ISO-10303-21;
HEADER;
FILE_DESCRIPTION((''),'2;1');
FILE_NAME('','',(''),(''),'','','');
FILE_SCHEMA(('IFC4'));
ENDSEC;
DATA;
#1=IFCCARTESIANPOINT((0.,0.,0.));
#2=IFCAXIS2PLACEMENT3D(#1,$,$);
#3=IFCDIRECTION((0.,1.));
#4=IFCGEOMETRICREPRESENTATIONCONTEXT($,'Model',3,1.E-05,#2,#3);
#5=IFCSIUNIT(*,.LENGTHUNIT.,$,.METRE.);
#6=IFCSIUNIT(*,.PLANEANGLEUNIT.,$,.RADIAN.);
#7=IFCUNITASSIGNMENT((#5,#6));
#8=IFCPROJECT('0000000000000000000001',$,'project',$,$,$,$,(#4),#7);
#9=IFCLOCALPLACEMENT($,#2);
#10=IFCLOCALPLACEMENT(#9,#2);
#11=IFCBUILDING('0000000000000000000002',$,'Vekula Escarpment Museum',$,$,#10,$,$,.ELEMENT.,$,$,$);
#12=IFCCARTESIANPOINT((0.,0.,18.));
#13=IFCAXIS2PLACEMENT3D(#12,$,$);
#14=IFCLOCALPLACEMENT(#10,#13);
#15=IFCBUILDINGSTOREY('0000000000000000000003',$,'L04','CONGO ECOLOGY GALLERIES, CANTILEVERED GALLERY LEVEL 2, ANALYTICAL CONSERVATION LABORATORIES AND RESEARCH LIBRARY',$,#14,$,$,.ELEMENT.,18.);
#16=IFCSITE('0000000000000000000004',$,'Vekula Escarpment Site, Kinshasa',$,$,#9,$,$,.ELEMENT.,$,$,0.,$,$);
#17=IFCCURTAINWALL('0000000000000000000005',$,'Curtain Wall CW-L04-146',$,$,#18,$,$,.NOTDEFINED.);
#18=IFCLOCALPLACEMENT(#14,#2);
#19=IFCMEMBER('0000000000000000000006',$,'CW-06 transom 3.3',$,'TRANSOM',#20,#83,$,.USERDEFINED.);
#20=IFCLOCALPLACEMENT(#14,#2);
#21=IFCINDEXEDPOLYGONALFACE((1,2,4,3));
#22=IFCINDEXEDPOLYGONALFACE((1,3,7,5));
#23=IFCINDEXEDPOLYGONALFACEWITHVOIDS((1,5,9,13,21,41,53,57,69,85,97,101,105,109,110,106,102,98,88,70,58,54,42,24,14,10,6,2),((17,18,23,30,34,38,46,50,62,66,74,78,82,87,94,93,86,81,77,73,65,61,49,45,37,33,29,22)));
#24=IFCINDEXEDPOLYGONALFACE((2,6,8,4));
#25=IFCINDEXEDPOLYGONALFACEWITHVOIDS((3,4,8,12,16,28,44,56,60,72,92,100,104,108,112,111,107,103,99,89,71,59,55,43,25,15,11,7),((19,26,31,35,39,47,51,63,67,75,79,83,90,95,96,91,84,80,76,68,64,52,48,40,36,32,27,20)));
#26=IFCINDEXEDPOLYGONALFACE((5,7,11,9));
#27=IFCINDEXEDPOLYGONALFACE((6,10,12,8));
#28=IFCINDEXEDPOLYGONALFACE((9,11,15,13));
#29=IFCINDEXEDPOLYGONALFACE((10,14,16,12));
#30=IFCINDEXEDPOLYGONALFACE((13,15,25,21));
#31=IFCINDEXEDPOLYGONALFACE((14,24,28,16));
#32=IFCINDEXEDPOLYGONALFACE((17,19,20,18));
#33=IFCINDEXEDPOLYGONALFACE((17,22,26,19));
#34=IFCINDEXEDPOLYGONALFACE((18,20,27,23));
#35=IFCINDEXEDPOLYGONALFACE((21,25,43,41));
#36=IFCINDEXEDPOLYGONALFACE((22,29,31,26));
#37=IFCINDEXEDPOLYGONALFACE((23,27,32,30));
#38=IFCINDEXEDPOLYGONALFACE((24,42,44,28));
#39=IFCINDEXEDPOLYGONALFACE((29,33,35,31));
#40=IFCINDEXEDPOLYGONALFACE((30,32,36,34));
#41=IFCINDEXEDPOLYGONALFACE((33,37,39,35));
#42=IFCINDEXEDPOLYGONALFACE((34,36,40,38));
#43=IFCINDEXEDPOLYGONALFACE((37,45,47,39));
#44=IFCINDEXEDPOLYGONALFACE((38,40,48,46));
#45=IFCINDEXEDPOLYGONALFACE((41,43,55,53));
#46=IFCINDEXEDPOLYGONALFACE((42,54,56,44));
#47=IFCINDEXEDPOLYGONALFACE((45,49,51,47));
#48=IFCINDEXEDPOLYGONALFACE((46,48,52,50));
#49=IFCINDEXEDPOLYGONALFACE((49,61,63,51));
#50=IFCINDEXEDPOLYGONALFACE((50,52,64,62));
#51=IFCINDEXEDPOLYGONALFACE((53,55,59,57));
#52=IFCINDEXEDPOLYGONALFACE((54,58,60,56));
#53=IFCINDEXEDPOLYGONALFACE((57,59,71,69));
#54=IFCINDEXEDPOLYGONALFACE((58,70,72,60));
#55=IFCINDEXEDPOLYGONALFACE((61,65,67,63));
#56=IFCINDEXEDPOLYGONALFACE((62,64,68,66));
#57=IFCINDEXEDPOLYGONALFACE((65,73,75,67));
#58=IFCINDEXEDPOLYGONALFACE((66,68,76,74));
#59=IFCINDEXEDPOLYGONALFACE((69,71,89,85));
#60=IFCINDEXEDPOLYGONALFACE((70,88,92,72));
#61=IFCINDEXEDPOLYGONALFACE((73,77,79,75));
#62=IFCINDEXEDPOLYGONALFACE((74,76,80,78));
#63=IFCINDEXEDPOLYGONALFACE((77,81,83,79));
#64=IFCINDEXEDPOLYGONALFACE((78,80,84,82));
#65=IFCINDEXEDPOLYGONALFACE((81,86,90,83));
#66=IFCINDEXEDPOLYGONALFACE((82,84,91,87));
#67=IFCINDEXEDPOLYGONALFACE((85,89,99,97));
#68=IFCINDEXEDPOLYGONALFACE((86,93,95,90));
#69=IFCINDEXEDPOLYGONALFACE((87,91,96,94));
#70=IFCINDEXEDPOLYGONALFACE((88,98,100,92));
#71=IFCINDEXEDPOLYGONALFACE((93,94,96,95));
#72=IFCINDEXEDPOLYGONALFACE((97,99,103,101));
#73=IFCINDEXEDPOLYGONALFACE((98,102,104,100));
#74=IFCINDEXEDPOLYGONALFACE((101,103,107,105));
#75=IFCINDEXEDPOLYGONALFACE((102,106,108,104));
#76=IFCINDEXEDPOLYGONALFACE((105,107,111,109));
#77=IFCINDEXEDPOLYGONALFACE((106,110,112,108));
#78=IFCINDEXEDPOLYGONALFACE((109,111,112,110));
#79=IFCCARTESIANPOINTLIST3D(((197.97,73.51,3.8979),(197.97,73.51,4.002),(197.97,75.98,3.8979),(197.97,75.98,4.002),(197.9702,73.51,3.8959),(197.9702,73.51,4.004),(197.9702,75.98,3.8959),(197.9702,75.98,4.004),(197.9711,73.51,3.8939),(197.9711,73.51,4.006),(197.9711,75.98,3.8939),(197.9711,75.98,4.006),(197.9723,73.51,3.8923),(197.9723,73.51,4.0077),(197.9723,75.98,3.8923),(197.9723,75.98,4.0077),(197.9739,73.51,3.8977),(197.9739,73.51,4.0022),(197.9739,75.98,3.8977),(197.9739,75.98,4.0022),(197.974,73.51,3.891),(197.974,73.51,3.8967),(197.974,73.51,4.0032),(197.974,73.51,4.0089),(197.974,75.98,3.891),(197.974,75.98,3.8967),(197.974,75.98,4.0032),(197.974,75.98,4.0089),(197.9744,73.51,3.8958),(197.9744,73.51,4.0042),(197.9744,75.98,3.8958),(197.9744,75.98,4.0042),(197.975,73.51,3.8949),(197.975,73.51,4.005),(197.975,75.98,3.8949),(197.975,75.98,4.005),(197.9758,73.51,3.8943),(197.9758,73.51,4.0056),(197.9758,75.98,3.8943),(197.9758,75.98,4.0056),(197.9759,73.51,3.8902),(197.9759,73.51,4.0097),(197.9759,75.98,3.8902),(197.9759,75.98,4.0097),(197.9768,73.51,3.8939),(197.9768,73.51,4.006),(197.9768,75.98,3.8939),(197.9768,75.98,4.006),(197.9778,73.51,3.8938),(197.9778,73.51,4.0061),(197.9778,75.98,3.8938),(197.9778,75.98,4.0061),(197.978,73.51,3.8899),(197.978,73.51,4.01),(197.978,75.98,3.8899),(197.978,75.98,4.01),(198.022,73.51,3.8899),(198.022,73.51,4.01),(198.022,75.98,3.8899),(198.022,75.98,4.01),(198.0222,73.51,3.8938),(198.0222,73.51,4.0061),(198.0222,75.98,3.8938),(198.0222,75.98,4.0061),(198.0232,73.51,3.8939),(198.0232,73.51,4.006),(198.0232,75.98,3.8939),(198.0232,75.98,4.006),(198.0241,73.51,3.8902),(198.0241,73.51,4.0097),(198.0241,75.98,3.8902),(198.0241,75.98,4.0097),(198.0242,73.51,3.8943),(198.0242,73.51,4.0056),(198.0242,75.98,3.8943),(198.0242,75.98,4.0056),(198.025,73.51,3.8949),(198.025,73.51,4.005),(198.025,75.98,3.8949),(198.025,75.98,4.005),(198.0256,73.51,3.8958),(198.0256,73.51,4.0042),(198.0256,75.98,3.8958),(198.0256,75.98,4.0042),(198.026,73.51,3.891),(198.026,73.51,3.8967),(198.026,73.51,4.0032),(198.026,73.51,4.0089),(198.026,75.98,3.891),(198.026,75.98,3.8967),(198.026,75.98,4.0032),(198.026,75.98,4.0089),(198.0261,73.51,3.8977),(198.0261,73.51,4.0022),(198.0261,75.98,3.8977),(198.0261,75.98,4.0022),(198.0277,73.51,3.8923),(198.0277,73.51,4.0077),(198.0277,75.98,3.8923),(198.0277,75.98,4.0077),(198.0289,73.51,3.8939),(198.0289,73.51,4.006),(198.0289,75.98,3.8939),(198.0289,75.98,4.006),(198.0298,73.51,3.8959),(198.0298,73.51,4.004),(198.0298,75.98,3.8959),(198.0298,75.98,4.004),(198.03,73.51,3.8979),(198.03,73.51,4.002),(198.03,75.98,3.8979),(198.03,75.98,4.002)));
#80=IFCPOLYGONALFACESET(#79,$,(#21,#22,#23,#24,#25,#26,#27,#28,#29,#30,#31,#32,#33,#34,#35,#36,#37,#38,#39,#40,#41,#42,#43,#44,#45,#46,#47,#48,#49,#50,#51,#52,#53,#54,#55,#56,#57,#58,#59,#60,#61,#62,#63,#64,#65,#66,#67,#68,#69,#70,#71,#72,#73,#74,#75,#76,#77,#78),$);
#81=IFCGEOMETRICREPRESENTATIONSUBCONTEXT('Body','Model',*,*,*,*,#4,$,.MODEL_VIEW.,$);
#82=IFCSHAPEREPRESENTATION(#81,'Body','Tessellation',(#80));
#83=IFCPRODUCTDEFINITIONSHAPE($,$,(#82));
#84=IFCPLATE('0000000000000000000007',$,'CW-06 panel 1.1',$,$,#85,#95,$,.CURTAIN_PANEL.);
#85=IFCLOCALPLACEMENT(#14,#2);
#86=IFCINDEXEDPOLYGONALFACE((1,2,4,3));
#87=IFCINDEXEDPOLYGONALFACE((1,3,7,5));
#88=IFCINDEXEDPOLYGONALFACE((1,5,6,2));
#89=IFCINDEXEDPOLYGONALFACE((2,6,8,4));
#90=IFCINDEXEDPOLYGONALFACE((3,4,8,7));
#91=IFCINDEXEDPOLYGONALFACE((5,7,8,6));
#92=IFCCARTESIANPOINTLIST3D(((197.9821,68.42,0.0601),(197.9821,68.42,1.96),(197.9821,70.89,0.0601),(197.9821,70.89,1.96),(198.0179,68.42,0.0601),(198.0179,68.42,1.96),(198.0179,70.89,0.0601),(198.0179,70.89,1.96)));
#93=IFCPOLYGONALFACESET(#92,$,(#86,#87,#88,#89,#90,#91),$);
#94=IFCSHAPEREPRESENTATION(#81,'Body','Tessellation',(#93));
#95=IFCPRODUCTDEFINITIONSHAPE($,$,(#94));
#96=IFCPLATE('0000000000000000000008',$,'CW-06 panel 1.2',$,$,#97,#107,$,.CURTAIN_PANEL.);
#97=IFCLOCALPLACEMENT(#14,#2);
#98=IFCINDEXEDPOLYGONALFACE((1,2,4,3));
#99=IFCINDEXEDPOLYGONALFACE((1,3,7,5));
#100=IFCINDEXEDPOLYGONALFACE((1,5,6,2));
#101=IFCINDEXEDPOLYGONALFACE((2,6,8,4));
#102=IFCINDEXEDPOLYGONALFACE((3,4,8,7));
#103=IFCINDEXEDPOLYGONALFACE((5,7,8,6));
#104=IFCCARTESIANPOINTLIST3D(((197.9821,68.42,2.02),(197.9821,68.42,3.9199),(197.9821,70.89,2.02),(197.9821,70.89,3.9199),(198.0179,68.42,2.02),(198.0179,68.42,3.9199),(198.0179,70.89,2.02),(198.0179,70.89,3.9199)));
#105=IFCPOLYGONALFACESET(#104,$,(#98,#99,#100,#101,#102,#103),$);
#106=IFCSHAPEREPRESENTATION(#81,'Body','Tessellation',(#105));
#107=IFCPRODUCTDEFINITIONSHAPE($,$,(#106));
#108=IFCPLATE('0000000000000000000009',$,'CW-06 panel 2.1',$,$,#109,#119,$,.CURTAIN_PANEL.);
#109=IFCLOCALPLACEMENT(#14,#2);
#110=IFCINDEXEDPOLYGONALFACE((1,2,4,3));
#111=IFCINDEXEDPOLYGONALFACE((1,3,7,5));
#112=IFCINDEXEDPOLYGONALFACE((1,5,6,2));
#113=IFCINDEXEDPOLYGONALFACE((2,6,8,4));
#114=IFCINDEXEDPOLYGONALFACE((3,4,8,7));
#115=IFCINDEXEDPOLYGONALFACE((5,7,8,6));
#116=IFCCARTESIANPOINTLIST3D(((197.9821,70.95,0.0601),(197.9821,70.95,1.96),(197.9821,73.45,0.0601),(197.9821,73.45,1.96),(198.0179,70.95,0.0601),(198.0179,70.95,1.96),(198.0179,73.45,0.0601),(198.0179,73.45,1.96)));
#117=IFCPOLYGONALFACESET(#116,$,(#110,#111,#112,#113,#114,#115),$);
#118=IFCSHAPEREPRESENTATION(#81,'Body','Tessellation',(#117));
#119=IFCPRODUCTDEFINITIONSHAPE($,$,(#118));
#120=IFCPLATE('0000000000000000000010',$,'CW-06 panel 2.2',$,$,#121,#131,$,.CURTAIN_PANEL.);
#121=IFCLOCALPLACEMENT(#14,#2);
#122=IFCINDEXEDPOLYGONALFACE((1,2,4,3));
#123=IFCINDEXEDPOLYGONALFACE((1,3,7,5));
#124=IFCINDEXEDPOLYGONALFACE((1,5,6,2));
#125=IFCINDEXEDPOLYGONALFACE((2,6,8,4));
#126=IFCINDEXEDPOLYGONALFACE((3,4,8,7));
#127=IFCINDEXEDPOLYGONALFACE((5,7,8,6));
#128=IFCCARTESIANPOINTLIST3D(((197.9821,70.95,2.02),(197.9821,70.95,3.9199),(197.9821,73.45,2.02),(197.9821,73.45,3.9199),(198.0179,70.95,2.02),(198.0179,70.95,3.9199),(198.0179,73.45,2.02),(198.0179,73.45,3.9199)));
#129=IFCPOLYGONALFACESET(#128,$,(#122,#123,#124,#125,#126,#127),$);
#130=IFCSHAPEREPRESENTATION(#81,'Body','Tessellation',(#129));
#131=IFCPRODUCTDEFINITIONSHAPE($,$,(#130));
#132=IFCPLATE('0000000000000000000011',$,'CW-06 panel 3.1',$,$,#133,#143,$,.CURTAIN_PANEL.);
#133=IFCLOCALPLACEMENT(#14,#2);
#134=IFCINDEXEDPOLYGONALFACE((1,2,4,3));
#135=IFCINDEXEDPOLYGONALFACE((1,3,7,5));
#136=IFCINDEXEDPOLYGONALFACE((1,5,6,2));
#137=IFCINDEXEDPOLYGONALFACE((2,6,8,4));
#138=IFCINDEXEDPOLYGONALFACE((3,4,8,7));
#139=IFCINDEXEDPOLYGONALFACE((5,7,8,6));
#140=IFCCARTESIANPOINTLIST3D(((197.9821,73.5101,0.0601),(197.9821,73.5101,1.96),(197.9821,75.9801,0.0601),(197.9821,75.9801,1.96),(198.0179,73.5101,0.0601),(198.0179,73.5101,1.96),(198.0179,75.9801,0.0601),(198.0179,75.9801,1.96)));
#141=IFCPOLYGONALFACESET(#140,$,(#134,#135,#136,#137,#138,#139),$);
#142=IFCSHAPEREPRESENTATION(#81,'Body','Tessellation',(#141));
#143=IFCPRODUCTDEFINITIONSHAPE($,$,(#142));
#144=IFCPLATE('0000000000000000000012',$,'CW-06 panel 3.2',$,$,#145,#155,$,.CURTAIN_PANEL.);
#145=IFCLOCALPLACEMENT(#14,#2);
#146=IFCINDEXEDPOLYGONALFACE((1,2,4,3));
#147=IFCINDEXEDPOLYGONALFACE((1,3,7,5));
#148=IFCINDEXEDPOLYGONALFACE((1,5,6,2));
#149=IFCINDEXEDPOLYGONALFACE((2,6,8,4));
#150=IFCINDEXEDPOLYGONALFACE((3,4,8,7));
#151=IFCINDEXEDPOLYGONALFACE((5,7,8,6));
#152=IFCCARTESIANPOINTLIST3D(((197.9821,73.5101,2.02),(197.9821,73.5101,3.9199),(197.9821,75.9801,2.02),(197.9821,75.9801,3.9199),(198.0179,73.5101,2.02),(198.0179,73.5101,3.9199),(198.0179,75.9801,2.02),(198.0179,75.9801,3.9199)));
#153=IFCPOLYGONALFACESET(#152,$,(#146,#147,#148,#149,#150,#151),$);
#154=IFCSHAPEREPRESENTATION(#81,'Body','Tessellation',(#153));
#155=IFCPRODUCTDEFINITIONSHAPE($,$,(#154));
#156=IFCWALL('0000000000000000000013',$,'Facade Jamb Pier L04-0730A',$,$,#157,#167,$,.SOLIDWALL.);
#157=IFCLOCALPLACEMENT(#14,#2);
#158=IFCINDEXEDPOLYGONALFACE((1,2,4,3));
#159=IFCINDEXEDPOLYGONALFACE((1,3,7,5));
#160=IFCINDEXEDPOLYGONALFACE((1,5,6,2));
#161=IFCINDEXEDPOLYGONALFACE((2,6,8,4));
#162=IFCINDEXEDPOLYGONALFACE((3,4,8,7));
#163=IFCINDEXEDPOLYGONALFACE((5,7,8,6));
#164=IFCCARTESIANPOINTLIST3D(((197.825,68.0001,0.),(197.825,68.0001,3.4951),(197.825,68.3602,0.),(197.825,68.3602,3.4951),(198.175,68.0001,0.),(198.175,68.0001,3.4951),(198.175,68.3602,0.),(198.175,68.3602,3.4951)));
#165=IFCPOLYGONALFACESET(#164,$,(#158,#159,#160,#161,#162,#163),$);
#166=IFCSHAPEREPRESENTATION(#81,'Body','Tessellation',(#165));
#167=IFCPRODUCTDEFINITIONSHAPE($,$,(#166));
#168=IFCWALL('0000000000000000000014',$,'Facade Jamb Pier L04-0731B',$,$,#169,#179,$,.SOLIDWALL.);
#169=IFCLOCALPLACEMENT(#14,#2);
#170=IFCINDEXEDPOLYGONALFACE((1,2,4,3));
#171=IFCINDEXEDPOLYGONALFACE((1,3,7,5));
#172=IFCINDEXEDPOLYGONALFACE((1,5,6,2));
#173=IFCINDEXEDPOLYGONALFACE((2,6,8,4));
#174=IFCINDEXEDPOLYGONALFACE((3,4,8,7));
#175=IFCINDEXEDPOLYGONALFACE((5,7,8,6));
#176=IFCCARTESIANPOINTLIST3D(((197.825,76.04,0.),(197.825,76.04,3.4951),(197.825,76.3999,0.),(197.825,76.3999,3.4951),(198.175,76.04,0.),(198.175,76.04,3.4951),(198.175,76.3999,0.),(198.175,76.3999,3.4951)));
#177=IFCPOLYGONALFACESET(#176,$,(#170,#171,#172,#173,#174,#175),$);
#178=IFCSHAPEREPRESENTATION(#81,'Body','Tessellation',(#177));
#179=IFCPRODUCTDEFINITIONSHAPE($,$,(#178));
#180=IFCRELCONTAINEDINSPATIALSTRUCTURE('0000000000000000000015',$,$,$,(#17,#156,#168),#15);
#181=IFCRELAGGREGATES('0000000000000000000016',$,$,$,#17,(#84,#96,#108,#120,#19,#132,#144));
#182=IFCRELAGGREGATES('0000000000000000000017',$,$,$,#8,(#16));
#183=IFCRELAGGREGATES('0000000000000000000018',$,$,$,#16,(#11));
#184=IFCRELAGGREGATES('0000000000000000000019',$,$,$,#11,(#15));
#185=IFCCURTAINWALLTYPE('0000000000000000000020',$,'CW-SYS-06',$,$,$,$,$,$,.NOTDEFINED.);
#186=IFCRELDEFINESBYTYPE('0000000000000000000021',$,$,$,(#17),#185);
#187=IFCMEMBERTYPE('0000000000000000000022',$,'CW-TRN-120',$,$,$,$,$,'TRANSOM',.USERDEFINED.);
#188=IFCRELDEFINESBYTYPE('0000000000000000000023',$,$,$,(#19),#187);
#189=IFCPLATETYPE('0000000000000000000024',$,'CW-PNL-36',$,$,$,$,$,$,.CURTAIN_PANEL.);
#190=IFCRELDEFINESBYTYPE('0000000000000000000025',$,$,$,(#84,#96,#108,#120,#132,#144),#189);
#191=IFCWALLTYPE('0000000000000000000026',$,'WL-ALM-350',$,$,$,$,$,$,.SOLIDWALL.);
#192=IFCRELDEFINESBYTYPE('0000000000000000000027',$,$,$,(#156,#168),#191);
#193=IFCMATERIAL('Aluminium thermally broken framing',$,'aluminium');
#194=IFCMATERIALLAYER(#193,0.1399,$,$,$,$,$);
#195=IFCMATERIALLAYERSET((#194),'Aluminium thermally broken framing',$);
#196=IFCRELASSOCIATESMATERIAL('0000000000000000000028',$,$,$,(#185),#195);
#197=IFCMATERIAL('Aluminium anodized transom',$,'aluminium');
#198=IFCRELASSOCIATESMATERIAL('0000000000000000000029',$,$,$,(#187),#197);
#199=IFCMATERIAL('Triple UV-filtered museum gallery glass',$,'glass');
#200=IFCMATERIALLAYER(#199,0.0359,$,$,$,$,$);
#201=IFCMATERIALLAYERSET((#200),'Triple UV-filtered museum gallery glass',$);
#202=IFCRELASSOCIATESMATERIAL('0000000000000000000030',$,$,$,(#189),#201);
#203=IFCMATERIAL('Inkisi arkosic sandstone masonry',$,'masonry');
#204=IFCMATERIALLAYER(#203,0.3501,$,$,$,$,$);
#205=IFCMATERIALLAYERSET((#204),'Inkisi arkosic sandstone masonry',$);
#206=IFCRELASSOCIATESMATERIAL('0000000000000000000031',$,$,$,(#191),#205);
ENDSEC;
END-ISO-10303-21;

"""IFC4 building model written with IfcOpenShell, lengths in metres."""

from ifc_helpers import new_model, si_unit, direction, frame, frame_2d, origin, origin_2d, place, context, subcontext, project, spatial, rectangle, hollow_rectangle, extrude, material, layer, layer_set, material_profile, profile_set, type_object, element, aggregate, save


model = new_model("IFC4")

# Units and contexts
model_context = context("Model", 3, precision=1e-05, world=origin(), true_north=direction((0.0, 1.0)))
body_context = subcontext(model_context, "Body", "Model", "MODEL_VIEW")
ifc_project = project(units=[si_unit("LENGTHUNIT", "METRE"), si_unit("PLANEANGLEUNIT", "RADIAN")], contexts=[model_context])

# Site, building, storey
site_placement = place(None, origin())
site = spatial("IfcSite", under=ifc_project, at=site_placement, Name="Vekula Escarpment Site, Kinshasa", CompositionType="ELEMENT", RefElevation=0.0)
building_placement = place(site_placement, origin())
building = spatial("IfcBuilding", under=site, at=building_placement, Name="Vekula Escarpment Museum", CompositionType="ELEMENT")
storey_placement = place(building_placement, frame((0.0, 0.0, 18.0)))
storey = spatial("IfcBuildingStorey", under=building, at=storey_placement, Name="L04", Description="CONGO ECOLOGY GALLERIES, CANTILEVERED GALLERY LEVEL 2, ANALYTICAL CONSERVATION LABORATORIES AND RESEARCH LIBRARY", CompositionType="ELEMENT", Elevation=18.0)

# Curtain wall, member, plates
ifc_material_1 = material(Name="Aluminium thermally broken framing", Category="aluminium")
ifc_layer_1 = layer(ifc_material_1, 0.1399)
ifc_layer_set_1 = layer_set([ifc_layer_1], Name="Aluminium thermally broken framing")
curtain_wall_type = type_object("IfcCurtainWallType", Name="CW-SYS-06", PredefinedType="NOTDEFINED", material=ifc_layer_set_1)
curtain_wall_placement = place(storey_placement, origin())
curtain_wall = element("IfcCurtainWall", 1, at=curtain_wall_placement, inside=storey, type_object=curtain_wall_type, Name="Curtain Wall CW-L04-146", PredefinedType="NOTDEFINED")
ifc_material_2 = material(Name="Aluminium anodized transom", Category="aluminium")
ifc_material_profile_1 = material_profile(ifc_material_2, hollow_rectangle(XDim=0.0601, YDim=0.1201, WallThickness=0.0039, InnerFilletRadius=0.0039, OuterFilletRadius=0.0081, at=origin_2d()), Name="ALU 120x60x4")
ifc_profile_set_1 = profile_set([ifc_material_profile_1], Name="Aluminium anodized transom")
member_type_1 = type_object("IfcMemberType", Name="CW-TRN-120", ElementType="TRANSOM", PredefinedType="USERDEFINED", material=ifc_profile_set_1)
member_1_placement = place(storey_placement, frame((198.0, 73.51, 3.95), z_axis=(0.0, 1.0, 0.0), x_axis=(-1.0, 0.0, 0.0)))
member_1 = element("IfcMember", 2, at=member_1_placement, type_object=member_type_1, Name="CW-06 transom 3.3", ObjectType="TRANSOM", PredefinedType="USERDEFINED", context=body_context, shape_type="SweptSolid", body=[
    extrude(hollow_rectangle(XDim=0.0601, YDim=0.1201, WallThickness=0.0039, InnerFilletRadius=0.0039, OuterFilletRadius=0.0081, at=origin_2d()), origin(), (0.0, 0.0, 1.0), 2.47),
])
ifc_material_3 = material(Name="Triple UV-filtered museum gallery glass", Category="glass")
ifc_layer_2 = layer(ifc_material_3, 0.0359)
ifc_layer_set_2 = layer_set([ifc_layer_2], Name="Triple UV-filtered museum gallery glass")
plate_type = type_object("IfcPlateType", Name="CW-PNL-36", PredefinedType="CURTAIN_PANEL", material=ifc_layer_set_2)
plate_1_placement = place(storey_placement, frame((198.0, 69.655, 0.0601), z_axis=(0.0, 0.0, 1.0), x_axis=(0.0, 1.0, 0.0)))
plate_1 = element("IfcPlate", 3, at=plate_1_placement, type_object=plate_type, Name="CW-06 panel 1.1", PredefinedType="CURTAIN_PANEL", context=body_context, shape_type="SweptSolid", body=[
    extrude(rectangle(XDim=2.47, YDim=0.0359, at=origin_2d()), origin(), (0.0, 0.0, 1.0), 1.8999),
])
plate_2_placement = place(storey_placement, frame((198.0, 69.655, 2.02), z_axis=(0.0, 0.0, 1.0), x_axis=(0.0, 1.0, 0.0)))
plate_2 = element("IfcPlate", 4, at=plate_2_placement, type_object=plate_type, Name="CW-06 panel 1.2", PredefinedType="CURTAIN_PANEL", context=body_context, shape_type="SweptSolid", body=[
    extrude(rectangle(XDim=2.47, YDim=0.0359, at=origin_2d()), origin(), (0.0, 0.0, 1.0), 1.8999),
])
plate_3_placement = place(storey_placement, frame((198.0, 72.2, 0.0601), z_axis=(0.0, 0.0, 1.0), x_axis=(0.0, 1.0, 0.0)))
plate_3 = element("IfcPlate", 5, at=plate_3_placement, type_object=plate_type, Name="CW-06 panel 2.1", PredefinedType="CURTAIN_PANEL", context=body_context, shape_type="SweptSolid", body=[
    extrude(rectangle(XDim=2.5, YDim=0.0359, at=origin_2d()), origin(), (0.0, 0.0, 1.0), 1.8999),
])
plate_4_placement = place(storey_placement, frame((198.0, 72.2, 2.02), z_axis=(0.0, 0.0, 1.0), x_axis=(0.0, 1.0, 0.0)))
plate_4 = element("IfcPlate", 6, at=plate_4_placement, type_object=plate_type, Name="CW-06 panel 2.2", PredefinedType="CURTAIN_PANEL", context=body_context, shape_type="SweptSolid", body=[
    extrude(rectangle(XDim=2.5, YDim=0.0359, at=origin_2d()), origin(), (0.0, 0.0, 1.0), 1.8999),
])
plate_5_placement = place(storey_placement, frame((198.0, 74.7451, 0.0601), z_axis=(0.0, 0.0, 1.0), x_axis=(0.0, 1.0, 0.0)))
plate_5 = element("IfcPlate", 7, at=plate_5_placement, type_object=plate_type, Name="CW-06 panel 3.1", PredefinedType="CURTAIN_PANEL", context=body_context, shape_type="SweptSolid", body=[
    extrude(rectangle(XDim=2.47, YDim=0.0359, at=origin_2d()), origin(), (0.0, 0.0, 1.0), 1.8999),
])
plate_6_placement = place(storey_placement, frame((198.0, 74.7451, 2.02), z_axis=(0.0, 0.0, 1.0), x_axis=(0.0, 1.0, 0.0)))
plate_6 = element("IfcPlate", 8, at=plate_6_placement, type_object=plate_type, Name="CW-06 panel 3.2", PredefinedType="CURTAIN_PANEL", context=body_context, shape_type="SweptSolid", body=[
    extrude(rectangle(XDim=2.47, YDim=0.0359, at=origin_2d()), origin(), (0.0, 0.0, 1.0), 1.8999),
])
aggregate(curtain_wall, [plate_1, plate_2, plate_3, plate_4, member_1, plate_5, plate_6])

# Walls
ifc_material_4 = material(Name="Inkisi arkosic sandstone masonry", Category="masonry")
ifc_layer_3 = layer(ifc_material_4, 0.3501)
ifc_layer_set_3 = layer_set([ifc_layer_3], Name="Inkisi arkosic sandstone masonry")
wall_type_1 = type_object("IfcWallType", Name="WL-ALM-350", PredefinedType="SOLIDWALL", material=ifc_layer_set_3)
wall_1_placement = place(storey_placement, frame((198.0, 68.0, 0.0), z_axis=(0.0, 0.0, 1.0), x_axis=(0.0, 1.0, 0.0)))
element("IfcWall", 9, at=wall_1_placement, inside=storey, type_object=wall_type_1, Name="Facade Jamb Pier L04-0730A", PredefinedType="SOLIDWALL", context=body_context, shape_type="SweptSolid", body=[
    extrude(rectangle(XDim=0.3601, YDim=0.3501, at=frame_2d((0.1802, 0.0))), origin(), (0.0, 0.0, 1.0), 3.4951),
])
wall_2_placement = place(storey_placement, frame((198.0, 76.04, 0.0), z_axis=(0.0, 0.0, 1.0), x_axis=(0.0, 1.0, 0.0)))
element("IfcWall", 10, at=wall_2_placement, inside=storey, type_object=wall_type_1, Name="Facade Jamb Pier L04-0731B", PredefinedType="SOLIDWALL", context=body_context, shape_type="SweptSolid", body=[
    extrude(rectangle(XDim=0.3599, YDim=0.3501, at=frame_2d((0.1799, 0.0))), origin(), (0.0, 0.0, 1.0), 3.4951),
])

save(model, "model.ifc")
